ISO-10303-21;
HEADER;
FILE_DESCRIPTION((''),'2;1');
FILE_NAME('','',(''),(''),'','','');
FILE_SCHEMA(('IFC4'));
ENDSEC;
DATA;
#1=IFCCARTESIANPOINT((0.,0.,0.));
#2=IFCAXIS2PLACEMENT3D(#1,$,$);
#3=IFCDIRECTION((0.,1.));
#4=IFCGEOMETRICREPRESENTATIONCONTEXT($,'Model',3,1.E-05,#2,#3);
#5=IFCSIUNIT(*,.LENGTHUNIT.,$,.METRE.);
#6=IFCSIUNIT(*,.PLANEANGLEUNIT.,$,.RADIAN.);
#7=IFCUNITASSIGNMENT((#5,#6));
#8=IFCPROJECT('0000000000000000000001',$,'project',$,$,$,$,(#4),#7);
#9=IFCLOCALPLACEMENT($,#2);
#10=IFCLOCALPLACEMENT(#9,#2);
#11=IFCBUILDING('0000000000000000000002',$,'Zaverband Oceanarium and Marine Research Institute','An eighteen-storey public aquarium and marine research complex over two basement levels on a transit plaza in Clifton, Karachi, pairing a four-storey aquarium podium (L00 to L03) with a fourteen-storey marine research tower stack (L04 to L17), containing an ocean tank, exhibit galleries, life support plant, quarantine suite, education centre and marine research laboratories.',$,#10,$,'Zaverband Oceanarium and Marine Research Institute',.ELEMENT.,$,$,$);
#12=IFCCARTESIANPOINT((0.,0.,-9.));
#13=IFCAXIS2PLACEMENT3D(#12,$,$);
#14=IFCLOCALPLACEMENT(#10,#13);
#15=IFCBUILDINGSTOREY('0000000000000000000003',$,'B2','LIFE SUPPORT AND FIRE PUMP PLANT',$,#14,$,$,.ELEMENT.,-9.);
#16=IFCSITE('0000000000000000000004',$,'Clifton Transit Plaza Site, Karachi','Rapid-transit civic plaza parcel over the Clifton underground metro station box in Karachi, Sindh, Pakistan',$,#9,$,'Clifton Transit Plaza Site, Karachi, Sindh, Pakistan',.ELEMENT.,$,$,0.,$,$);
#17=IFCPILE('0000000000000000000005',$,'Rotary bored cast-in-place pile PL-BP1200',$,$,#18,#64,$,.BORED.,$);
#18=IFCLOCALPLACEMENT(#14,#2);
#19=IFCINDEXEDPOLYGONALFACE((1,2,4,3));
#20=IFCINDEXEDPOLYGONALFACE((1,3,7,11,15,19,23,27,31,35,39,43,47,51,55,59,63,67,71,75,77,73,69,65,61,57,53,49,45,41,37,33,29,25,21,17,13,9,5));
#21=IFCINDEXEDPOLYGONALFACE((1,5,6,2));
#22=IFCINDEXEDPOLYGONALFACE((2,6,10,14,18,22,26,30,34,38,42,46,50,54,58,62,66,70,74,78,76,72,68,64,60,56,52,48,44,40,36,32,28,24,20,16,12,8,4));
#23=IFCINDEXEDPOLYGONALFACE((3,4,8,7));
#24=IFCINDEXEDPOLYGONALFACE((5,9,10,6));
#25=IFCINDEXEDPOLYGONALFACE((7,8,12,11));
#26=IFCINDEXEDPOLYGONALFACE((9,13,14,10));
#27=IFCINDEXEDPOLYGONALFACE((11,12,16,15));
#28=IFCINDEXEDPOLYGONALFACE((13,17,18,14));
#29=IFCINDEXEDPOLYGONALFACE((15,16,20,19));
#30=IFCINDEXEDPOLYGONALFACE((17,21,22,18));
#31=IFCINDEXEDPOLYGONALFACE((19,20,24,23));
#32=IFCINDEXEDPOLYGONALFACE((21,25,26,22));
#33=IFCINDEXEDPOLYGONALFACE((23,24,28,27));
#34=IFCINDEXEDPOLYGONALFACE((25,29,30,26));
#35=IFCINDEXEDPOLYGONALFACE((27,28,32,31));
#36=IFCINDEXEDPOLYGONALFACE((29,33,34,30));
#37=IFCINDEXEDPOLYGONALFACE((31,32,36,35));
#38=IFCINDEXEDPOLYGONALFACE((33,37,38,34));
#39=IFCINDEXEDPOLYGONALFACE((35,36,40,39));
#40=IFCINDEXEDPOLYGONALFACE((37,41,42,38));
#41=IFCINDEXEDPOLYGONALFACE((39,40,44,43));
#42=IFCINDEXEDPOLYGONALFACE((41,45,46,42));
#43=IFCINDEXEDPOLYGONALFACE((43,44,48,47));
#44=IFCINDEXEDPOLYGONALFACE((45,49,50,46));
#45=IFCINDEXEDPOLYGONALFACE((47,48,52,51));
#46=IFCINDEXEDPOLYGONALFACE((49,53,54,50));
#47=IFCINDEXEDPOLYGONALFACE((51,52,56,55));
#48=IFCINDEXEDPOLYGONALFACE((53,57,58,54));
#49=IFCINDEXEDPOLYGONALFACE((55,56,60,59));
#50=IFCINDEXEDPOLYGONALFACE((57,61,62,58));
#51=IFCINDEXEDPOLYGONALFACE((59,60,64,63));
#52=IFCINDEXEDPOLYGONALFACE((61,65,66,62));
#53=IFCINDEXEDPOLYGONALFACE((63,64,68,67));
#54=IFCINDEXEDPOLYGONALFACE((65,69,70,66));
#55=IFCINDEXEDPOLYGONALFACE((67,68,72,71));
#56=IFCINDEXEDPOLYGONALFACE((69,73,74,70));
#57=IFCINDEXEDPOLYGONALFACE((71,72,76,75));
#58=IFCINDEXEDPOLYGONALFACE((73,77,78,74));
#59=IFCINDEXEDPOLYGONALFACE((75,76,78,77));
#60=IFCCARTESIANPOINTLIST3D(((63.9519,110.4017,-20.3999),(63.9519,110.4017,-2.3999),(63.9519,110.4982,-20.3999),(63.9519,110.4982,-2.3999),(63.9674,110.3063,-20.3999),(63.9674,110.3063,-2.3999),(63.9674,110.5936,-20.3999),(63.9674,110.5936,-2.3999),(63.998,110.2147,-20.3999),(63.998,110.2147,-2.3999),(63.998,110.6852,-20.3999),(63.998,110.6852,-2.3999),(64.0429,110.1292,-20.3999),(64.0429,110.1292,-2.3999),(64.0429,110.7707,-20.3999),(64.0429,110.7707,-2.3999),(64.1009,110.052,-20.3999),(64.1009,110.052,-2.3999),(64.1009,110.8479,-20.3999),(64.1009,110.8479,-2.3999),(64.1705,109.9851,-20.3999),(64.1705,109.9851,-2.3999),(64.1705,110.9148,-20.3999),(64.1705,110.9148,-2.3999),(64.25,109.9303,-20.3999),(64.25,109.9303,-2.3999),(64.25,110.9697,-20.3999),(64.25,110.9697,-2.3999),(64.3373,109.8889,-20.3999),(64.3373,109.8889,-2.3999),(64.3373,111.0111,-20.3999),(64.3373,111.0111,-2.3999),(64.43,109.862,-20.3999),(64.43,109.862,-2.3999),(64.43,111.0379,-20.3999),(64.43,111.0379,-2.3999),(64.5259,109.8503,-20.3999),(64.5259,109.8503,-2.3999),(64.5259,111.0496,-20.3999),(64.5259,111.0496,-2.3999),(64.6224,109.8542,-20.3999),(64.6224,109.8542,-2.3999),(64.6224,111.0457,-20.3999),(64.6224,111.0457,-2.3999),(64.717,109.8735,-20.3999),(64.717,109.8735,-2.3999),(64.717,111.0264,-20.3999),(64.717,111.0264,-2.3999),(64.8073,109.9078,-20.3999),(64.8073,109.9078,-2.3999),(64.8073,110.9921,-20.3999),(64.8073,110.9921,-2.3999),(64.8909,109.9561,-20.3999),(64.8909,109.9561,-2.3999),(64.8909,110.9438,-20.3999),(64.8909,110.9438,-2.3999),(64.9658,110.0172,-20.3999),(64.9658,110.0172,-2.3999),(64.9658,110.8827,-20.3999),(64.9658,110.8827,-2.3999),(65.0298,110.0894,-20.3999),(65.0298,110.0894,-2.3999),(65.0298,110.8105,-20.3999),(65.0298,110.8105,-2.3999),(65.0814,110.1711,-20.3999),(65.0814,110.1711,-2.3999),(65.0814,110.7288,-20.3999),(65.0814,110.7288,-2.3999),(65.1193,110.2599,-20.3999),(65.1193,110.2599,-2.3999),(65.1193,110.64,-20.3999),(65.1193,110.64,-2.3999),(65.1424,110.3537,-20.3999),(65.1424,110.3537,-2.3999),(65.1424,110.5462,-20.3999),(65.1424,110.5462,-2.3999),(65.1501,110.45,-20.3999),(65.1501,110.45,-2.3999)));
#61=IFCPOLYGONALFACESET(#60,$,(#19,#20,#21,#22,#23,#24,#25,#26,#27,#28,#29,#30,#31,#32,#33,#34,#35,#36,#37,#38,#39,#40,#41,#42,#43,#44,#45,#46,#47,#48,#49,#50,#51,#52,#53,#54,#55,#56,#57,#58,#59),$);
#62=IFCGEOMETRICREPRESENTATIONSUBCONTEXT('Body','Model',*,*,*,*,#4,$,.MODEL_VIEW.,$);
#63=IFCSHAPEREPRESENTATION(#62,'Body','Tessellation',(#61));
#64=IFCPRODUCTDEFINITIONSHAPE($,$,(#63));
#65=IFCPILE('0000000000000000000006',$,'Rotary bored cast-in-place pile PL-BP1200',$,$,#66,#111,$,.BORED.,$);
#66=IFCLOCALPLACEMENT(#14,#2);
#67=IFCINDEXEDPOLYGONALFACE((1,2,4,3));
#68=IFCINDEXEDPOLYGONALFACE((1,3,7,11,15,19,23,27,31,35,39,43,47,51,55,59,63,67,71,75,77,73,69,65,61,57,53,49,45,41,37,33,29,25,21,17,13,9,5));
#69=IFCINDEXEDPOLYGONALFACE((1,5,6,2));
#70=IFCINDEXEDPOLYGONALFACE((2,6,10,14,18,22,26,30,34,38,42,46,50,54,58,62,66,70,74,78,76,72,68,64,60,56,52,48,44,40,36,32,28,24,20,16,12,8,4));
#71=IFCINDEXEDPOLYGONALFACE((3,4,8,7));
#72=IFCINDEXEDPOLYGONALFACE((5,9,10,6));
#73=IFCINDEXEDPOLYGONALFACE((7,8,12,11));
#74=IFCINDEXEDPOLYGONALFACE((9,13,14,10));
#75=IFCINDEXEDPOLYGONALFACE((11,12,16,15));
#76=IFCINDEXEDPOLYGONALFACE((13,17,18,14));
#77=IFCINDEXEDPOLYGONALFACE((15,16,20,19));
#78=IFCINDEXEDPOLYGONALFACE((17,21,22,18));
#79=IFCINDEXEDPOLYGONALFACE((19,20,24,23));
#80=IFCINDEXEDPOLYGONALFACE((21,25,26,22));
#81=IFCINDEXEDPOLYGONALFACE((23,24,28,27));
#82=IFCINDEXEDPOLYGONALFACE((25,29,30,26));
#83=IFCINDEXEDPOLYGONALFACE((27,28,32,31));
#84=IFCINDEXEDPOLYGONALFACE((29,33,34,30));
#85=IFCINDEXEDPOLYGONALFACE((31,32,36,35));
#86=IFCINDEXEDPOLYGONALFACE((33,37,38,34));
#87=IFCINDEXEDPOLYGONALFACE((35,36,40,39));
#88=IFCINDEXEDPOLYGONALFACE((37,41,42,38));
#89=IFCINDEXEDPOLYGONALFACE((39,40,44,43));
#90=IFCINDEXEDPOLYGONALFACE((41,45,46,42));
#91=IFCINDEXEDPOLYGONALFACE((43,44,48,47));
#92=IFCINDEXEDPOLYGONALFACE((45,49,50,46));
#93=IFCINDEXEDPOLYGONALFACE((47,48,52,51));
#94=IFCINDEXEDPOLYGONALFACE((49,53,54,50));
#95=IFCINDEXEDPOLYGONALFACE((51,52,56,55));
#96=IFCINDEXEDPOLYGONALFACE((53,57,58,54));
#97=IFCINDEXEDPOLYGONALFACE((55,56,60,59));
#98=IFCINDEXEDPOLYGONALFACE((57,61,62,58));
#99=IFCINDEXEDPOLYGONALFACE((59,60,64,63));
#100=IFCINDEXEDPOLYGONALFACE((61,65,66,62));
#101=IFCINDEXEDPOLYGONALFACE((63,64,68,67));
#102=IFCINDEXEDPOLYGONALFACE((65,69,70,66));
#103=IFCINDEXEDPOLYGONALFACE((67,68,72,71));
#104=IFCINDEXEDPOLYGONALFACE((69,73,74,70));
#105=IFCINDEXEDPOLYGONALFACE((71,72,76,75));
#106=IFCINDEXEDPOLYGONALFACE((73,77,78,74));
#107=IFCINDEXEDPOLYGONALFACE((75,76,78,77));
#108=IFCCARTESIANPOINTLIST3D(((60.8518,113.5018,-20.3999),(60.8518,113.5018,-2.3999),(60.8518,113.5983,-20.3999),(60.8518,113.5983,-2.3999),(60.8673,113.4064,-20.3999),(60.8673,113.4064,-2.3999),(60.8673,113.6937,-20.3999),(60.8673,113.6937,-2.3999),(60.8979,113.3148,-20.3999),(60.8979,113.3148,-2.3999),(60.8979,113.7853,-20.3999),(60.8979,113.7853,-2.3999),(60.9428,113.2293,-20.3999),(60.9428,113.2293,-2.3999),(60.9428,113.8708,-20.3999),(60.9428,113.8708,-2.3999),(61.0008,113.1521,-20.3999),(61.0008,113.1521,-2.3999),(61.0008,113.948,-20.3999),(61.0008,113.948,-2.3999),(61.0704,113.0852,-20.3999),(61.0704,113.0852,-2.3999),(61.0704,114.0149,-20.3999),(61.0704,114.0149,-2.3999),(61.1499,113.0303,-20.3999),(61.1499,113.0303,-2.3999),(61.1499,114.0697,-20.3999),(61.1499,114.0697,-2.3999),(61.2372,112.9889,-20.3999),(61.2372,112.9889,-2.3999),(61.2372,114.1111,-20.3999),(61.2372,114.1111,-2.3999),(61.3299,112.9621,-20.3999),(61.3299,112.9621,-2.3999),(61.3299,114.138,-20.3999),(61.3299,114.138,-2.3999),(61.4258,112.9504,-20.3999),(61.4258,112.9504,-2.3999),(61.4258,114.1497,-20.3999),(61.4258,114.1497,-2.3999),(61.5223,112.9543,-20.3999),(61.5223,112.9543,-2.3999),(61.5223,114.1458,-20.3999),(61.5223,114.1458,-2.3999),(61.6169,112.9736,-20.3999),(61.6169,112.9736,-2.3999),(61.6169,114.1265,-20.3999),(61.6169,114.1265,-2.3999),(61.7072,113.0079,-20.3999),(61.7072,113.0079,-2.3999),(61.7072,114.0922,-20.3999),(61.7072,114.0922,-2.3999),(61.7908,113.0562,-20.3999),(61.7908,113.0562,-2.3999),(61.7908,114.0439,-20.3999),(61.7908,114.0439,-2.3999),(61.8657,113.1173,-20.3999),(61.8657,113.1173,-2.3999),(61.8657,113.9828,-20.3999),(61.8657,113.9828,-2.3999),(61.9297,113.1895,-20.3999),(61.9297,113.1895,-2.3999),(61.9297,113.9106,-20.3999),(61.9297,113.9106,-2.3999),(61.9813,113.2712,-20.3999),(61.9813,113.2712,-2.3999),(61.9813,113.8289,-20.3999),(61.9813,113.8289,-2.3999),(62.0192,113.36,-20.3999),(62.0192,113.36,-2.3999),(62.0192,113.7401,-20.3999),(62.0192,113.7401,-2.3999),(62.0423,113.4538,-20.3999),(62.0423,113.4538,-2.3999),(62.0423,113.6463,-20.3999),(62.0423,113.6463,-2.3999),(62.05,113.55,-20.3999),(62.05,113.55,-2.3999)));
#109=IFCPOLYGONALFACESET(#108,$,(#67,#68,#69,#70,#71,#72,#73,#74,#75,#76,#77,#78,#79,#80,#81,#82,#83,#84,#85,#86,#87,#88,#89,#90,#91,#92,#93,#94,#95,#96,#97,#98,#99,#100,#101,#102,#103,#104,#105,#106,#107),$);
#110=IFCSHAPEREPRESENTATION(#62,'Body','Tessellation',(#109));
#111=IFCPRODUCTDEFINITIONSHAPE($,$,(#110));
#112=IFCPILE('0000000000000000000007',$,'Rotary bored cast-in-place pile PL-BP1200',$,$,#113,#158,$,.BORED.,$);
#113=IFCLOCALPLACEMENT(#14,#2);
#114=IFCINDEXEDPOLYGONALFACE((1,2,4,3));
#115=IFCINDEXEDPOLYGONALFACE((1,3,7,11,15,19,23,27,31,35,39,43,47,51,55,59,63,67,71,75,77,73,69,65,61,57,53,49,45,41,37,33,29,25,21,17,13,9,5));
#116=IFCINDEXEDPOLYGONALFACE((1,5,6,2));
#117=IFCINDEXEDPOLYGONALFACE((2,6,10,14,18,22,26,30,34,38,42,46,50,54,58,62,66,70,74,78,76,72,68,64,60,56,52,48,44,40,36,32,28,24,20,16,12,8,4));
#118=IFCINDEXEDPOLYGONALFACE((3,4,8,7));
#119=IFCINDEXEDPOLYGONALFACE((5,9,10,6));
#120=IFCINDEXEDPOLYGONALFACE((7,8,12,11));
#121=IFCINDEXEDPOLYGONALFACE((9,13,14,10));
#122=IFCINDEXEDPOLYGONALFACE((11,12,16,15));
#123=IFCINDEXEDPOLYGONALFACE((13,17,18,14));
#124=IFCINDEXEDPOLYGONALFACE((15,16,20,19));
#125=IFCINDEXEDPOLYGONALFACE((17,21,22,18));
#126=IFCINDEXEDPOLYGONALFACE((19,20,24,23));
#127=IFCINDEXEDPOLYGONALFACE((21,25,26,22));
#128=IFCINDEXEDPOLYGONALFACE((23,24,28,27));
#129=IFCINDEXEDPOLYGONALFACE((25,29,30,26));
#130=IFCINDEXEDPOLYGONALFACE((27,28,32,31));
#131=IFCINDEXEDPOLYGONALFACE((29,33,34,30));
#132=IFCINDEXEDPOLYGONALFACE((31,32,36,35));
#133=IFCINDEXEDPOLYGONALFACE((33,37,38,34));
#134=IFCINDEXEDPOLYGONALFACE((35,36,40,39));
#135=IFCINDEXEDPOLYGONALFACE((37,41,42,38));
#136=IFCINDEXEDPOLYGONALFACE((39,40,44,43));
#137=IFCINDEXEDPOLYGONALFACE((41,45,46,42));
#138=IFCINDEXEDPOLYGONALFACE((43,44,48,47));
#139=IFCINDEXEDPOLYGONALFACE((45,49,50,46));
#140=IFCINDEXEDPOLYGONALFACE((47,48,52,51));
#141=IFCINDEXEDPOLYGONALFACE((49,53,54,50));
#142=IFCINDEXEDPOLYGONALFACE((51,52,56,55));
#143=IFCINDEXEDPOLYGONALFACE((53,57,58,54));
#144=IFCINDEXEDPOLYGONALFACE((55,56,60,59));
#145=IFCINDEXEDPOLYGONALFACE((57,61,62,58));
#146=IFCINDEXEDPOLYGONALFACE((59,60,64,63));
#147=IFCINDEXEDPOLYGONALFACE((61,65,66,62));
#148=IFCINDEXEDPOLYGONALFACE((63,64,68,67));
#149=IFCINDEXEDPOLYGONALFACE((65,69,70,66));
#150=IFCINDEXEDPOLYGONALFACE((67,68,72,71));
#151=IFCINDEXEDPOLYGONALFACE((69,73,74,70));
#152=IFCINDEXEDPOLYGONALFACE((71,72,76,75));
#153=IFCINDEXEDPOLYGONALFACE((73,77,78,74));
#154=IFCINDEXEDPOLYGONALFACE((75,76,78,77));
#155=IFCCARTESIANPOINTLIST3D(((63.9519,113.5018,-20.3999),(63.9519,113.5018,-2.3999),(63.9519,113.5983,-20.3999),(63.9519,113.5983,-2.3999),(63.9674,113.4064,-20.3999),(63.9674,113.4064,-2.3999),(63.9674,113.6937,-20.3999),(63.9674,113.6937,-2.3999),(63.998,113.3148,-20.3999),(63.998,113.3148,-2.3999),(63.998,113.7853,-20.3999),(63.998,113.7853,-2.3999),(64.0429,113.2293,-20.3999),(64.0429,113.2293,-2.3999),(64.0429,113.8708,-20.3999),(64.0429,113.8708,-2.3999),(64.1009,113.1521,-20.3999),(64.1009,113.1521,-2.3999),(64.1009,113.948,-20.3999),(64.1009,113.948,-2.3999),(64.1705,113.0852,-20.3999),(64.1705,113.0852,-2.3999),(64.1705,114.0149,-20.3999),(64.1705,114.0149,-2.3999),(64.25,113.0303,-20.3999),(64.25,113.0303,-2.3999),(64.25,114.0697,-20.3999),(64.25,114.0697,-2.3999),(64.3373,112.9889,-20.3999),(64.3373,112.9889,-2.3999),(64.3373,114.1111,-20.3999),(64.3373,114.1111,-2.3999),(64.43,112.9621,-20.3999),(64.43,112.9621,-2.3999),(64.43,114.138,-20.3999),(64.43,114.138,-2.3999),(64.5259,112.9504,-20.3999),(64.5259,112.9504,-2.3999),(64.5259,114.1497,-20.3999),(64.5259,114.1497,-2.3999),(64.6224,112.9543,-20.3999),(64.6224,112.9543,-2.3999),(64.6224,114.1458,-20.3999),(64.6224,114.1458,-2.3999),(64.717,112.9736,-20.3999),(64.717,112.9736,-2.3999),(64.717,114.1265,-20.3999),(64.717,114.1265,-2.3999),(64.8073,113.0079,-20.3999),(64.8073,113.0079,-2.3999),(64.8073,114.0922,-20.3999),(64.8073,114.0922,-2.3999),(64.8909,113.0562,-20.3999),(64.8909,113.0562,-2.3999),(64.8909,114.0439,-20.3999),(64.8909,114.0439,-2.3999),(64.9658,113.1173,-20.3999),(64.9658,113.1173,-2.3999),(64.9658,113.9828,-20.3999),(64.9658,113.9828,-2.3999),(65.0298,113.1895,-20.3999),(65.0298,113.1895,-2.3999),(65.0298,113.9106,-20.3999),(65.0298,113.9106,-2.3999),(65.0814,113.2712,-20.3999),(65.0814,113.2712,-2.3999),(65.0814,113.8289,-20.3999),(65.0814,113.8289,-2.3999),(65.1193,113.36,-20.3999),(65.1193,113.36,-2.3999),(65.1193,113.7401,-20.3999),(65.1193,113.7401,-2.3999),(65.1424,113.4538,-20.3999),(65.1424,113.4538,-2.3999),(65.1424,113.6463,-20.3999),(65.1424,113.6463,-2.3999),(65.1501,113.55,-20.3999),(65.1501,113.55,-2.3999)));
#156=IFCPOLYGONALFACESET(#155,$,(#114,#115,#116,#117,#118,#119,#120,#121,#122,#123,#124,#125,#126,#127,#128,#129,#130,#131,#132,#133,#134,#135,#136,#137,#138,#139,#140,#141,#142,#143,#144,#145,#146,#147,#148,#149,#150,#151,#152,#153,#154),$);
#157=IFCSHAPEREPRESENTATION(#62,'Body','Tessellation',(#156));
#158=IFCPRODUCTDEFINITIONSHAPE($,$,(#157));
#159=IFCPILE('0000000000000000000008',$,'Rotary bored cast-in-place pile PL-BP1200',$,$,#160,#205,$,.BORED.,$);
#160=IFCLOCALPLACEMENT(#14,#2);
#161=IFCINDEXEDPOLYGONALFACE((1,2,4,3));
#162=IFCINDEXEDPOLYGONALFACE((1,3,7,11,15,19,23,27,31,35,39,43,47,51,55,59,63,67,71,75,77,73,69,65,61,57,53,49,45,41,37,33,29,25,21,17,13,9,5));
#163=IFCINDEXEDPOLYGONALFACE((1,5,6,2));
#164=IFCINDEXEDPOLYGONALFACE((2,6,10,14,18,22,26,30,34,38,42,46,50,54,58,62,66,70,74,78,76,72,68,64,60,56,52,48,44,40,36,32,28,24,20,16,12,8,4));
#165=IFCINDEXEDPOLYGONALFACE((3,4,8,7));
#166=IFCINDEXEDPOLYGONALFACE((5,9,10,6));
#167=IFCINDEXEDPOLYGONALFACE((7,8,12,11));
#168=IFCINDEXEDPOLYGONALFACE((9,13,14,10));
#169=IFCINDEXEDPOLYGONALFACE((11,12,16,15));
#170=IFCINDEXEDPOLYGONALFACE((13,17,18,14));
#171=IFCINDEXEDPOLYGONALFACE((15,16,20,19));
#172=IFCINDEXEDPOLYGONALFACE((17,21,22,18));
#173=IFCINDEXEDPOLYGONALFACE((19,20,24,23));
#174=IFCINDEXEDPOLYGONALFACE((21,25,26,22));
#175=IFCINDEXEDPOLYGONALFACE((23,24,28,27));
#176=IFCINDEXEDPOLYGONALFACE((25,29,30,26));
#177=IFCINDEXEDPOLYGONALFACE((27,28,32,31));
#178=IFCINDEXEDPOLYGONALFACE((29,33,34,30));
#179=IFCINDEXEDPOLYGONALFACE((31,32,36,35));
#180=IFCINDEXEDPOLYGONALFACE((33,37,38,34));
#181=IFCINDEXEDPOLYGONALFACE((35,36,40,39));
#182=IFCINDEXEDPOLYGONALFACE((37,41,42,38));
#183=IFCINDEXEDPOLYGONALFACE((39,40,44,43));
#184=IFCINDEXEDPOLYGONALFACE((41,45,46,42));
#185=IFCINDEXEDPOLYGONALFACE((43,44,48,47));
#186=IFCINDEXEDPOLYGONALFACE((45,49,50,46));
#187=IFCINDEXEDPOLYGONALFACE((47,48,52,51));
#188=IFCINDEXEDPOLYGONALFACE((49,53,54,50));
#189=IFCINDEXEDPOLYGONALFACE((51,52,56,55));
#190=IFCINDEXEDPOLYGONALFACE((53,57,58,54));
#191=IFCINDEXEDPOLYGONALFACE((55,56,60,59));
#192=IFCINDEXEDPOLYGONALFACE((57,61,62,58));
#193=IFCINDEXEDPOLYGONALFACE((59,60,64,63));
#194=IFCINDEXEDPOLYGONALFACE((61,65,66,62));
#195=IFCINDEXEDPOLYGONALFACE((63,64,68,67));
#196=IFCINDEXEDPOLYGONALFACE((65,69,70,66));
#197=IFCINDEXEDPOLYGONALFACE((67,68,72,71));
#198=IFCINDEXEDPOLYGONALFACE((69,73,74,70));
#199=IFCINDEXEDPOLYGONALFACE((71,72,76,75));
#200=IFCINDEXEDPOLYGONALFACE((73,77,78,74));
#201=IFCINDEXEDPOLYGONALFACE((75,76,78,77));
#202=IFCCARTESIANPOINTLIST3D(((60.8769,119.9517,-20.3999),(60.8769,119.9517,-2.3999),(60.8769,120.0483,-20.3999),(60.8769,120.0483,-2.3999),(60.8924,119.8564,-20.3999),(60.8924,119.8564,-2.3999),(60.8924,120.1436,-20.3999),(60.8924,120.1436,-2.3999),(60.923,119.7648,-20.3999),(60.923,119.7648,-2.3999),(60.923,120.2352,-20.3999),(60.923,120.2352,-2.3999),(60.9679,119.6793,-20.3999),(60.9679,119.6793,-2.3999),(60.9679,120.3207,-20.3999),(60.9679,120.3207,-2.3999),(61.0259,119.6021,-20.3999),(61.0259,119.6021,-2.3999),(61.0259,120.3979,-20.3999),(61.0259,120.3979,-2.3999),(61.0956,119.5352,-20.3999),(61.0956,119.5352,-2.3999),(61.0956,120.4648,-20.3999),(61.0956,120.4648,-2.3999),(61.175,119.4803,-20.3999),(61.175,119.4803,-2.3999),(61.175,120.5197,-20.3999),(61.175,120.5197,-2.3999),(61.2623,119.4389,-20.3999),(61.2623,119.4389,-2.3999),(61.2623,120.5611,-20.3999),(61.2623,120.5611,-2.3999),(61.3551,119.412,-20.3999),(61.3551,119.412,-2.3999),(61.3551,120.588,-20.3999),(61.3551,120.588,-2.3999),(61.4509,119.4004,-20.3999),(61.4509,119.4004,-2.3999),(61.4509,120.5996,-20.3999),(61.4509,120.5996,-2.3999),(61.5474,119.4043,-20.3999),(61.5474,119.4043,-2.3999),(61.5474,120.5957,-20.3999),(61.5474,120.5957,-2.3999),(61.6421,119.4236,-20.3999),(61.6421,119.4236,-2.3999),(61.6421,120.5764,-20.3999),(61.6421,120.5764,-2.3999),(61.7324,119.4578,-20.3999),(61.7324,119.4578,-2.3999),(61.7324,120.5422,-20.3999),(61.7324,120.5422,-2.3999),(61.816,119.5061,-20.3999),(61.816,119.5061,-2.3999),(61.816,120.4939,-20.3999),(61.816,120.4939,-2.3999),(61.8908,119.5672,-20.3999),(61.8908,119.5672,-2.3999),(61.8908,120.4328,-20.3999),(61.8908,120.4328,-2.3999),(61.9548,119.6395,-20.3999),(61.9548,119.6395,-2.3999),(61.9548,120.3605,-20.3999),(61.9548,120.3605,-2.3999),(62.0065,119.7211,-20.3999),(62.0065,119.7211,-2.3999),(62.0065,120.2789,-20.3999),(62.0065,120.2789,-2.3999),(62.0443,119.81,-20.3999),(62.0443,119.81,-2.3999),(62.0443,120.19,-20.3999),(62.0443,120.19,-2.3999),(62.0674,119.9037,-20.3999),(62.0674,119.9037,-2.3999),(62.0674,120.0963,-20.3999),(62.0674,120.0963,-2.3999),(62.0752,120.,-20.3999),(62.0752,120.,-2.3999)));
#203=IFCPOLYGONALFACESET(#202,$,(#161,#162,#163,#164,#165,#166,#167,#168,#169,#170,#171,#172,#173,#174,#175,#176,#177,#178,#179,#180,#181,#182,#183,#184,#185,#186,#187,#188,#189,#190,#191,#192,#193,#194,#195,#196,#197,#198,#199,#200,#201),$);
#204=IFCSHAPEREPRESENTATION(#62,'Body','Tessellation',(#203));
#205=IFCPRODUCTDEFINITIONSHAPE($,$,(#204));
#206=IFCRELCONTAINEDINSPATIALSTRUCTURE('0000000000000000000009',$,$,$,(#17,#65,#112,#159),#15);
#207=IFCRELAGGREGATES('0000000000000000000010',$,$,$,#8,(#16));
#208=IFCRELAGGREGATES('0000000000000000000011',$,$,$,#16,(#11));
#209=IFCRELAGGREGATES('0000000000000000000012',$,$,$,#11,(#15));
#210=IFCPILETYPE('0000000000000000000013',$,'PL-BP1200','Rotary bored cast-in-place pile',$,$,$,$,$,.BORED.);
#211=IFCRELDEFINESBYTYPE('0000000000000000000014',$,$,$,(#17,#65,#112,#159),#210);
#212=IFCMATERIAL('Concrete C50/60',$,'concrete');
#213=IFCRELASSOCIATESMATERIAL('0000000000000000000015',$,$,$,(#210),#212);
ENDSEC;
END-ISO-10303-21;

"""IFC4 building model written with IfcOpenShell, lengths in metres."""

from ifc_helpers import new_model, si_unit, direction, frame, origin, origin_2d, place, context, subcontext, project, spatial, circle, extrude, material, material_profile, profile_set, type_object, element, save


model = new_model("IFC4")

# Units and contexts
model_context = context("Model", 3, precision=1e-05, world=origin(), true_north=direction((0.0, 1.0)))
body_context = subcontext(model_context, "Body", "Model", "MODEL_VIEW")
ifc_project = project(units=[si_unit("LENGTHUNIT", "METRE"), si_unit("PLANEANGLEUNIT", "RADIAN")], contexts=[model_context])

# Site, building, storey
site_placement = place(None, origin())
site = spatial("IfcSite", under=ifc_project, at=site_placement, Name="Clifton Transit Plaza Site, Karachi", Description="Rapid-transit civic plaza parcel over the Clifton underground metro station box in Karachi, Sindh, Pakistan", LongName="Clifton Transit Plaza Site, Karachi, Sindh, Pakistan", CompositionType="ELEMENT", RefElevation=0.0)
building_placement = place(site_placement, origin())
building = spatial("IfcBuilding", under=site, at=building_placement, Name="Zaverband Oceanarium and Marine Research Institute", Description="An eighteen-storey public aquarium and marine research complex over two basement levels on a transit plaza in Clifton, Karachi, pairing a four-storey aquarium podium (L00 to L03) with a fourteen-storey marine research tower stack (L04 to L17), containing an ocean tank, exhibit galleries, life support plant, quarantine suite, education centre and marine research laboratories.", LongName="Zaverband Oceanarium and Marine Research Institute", CompositionType="ELEMENT")
storey_placement = place(building_placement, frame((0.0, 0.0, -9.0)))
storey = spatial("IfcBuildingStorey", under=building, at=storey_placement, Name="B2", Description="LIFE SUPPORT AND FIRE PUMP PLANT", CompositionType="ELEMENT", Elevation=-9.0)

# Shared definitions
ifc_material_1 = material(Name="Concrete C50/60", Category="concrete")

# Piles
ifc_material_profile_1 = material_profile(ifc_material_1, circle(Radius=0.6001, at=origin_2d()), Name="BP1200")
ifc_profile_set_1 = profile_set([ifc_material_profile_1], Name="Concrete C50/60")
pile_type_1 = type_object("IfcPileType", Name="PL-BP1200", Description="Rotary bored cast-in-place pile", PredefinedType="BORED", material=ifc_profile_set_1)
for number, where, z_axis, x_axis, name in (
    (1, (64.55, 110.45, -2.3999), (0.0, 0.0, -1.0), (1.0, 0.0, 0.0), "Rotary bored cast-in-place pile PL-BP1200"),
    (2, (61.45, 113.55, -2.3999), (0.0, 0.0, -1.0), (1.0, 0.0, 0.0), "Rotary bored cast-in-place pile PL-BP1200"),
    (3, (64.55, 113.55, -2.3999), (0.0, 0.0, -1.0), (1.0, 0.0, 0.0), "Rotary bored cast-in-place pile PL-BP1200"),
    (4, (61.4751, 120.0, -2.3999), (0.0, 0.0, -1.0), (1.0, 0.0, 0.0), "Rotary bored cast-in-place pile PL-BP1200"),
):
    element("IfcPile", number, at=place(storey_placement, frame(where, z_axis=z_axis, x_axis=x_axis)), inside=storey, type_object=pile_type_1, Name=name, PredefinedType="BORED", context=body_context, shape_type="SweptSolid", body=[
        extrude(circle(Radius=0.6001, at=origin_2d()), origin(), (0.0, 0.0, 1.0), 18.0),
    ])

save(model, "model.ifc")
